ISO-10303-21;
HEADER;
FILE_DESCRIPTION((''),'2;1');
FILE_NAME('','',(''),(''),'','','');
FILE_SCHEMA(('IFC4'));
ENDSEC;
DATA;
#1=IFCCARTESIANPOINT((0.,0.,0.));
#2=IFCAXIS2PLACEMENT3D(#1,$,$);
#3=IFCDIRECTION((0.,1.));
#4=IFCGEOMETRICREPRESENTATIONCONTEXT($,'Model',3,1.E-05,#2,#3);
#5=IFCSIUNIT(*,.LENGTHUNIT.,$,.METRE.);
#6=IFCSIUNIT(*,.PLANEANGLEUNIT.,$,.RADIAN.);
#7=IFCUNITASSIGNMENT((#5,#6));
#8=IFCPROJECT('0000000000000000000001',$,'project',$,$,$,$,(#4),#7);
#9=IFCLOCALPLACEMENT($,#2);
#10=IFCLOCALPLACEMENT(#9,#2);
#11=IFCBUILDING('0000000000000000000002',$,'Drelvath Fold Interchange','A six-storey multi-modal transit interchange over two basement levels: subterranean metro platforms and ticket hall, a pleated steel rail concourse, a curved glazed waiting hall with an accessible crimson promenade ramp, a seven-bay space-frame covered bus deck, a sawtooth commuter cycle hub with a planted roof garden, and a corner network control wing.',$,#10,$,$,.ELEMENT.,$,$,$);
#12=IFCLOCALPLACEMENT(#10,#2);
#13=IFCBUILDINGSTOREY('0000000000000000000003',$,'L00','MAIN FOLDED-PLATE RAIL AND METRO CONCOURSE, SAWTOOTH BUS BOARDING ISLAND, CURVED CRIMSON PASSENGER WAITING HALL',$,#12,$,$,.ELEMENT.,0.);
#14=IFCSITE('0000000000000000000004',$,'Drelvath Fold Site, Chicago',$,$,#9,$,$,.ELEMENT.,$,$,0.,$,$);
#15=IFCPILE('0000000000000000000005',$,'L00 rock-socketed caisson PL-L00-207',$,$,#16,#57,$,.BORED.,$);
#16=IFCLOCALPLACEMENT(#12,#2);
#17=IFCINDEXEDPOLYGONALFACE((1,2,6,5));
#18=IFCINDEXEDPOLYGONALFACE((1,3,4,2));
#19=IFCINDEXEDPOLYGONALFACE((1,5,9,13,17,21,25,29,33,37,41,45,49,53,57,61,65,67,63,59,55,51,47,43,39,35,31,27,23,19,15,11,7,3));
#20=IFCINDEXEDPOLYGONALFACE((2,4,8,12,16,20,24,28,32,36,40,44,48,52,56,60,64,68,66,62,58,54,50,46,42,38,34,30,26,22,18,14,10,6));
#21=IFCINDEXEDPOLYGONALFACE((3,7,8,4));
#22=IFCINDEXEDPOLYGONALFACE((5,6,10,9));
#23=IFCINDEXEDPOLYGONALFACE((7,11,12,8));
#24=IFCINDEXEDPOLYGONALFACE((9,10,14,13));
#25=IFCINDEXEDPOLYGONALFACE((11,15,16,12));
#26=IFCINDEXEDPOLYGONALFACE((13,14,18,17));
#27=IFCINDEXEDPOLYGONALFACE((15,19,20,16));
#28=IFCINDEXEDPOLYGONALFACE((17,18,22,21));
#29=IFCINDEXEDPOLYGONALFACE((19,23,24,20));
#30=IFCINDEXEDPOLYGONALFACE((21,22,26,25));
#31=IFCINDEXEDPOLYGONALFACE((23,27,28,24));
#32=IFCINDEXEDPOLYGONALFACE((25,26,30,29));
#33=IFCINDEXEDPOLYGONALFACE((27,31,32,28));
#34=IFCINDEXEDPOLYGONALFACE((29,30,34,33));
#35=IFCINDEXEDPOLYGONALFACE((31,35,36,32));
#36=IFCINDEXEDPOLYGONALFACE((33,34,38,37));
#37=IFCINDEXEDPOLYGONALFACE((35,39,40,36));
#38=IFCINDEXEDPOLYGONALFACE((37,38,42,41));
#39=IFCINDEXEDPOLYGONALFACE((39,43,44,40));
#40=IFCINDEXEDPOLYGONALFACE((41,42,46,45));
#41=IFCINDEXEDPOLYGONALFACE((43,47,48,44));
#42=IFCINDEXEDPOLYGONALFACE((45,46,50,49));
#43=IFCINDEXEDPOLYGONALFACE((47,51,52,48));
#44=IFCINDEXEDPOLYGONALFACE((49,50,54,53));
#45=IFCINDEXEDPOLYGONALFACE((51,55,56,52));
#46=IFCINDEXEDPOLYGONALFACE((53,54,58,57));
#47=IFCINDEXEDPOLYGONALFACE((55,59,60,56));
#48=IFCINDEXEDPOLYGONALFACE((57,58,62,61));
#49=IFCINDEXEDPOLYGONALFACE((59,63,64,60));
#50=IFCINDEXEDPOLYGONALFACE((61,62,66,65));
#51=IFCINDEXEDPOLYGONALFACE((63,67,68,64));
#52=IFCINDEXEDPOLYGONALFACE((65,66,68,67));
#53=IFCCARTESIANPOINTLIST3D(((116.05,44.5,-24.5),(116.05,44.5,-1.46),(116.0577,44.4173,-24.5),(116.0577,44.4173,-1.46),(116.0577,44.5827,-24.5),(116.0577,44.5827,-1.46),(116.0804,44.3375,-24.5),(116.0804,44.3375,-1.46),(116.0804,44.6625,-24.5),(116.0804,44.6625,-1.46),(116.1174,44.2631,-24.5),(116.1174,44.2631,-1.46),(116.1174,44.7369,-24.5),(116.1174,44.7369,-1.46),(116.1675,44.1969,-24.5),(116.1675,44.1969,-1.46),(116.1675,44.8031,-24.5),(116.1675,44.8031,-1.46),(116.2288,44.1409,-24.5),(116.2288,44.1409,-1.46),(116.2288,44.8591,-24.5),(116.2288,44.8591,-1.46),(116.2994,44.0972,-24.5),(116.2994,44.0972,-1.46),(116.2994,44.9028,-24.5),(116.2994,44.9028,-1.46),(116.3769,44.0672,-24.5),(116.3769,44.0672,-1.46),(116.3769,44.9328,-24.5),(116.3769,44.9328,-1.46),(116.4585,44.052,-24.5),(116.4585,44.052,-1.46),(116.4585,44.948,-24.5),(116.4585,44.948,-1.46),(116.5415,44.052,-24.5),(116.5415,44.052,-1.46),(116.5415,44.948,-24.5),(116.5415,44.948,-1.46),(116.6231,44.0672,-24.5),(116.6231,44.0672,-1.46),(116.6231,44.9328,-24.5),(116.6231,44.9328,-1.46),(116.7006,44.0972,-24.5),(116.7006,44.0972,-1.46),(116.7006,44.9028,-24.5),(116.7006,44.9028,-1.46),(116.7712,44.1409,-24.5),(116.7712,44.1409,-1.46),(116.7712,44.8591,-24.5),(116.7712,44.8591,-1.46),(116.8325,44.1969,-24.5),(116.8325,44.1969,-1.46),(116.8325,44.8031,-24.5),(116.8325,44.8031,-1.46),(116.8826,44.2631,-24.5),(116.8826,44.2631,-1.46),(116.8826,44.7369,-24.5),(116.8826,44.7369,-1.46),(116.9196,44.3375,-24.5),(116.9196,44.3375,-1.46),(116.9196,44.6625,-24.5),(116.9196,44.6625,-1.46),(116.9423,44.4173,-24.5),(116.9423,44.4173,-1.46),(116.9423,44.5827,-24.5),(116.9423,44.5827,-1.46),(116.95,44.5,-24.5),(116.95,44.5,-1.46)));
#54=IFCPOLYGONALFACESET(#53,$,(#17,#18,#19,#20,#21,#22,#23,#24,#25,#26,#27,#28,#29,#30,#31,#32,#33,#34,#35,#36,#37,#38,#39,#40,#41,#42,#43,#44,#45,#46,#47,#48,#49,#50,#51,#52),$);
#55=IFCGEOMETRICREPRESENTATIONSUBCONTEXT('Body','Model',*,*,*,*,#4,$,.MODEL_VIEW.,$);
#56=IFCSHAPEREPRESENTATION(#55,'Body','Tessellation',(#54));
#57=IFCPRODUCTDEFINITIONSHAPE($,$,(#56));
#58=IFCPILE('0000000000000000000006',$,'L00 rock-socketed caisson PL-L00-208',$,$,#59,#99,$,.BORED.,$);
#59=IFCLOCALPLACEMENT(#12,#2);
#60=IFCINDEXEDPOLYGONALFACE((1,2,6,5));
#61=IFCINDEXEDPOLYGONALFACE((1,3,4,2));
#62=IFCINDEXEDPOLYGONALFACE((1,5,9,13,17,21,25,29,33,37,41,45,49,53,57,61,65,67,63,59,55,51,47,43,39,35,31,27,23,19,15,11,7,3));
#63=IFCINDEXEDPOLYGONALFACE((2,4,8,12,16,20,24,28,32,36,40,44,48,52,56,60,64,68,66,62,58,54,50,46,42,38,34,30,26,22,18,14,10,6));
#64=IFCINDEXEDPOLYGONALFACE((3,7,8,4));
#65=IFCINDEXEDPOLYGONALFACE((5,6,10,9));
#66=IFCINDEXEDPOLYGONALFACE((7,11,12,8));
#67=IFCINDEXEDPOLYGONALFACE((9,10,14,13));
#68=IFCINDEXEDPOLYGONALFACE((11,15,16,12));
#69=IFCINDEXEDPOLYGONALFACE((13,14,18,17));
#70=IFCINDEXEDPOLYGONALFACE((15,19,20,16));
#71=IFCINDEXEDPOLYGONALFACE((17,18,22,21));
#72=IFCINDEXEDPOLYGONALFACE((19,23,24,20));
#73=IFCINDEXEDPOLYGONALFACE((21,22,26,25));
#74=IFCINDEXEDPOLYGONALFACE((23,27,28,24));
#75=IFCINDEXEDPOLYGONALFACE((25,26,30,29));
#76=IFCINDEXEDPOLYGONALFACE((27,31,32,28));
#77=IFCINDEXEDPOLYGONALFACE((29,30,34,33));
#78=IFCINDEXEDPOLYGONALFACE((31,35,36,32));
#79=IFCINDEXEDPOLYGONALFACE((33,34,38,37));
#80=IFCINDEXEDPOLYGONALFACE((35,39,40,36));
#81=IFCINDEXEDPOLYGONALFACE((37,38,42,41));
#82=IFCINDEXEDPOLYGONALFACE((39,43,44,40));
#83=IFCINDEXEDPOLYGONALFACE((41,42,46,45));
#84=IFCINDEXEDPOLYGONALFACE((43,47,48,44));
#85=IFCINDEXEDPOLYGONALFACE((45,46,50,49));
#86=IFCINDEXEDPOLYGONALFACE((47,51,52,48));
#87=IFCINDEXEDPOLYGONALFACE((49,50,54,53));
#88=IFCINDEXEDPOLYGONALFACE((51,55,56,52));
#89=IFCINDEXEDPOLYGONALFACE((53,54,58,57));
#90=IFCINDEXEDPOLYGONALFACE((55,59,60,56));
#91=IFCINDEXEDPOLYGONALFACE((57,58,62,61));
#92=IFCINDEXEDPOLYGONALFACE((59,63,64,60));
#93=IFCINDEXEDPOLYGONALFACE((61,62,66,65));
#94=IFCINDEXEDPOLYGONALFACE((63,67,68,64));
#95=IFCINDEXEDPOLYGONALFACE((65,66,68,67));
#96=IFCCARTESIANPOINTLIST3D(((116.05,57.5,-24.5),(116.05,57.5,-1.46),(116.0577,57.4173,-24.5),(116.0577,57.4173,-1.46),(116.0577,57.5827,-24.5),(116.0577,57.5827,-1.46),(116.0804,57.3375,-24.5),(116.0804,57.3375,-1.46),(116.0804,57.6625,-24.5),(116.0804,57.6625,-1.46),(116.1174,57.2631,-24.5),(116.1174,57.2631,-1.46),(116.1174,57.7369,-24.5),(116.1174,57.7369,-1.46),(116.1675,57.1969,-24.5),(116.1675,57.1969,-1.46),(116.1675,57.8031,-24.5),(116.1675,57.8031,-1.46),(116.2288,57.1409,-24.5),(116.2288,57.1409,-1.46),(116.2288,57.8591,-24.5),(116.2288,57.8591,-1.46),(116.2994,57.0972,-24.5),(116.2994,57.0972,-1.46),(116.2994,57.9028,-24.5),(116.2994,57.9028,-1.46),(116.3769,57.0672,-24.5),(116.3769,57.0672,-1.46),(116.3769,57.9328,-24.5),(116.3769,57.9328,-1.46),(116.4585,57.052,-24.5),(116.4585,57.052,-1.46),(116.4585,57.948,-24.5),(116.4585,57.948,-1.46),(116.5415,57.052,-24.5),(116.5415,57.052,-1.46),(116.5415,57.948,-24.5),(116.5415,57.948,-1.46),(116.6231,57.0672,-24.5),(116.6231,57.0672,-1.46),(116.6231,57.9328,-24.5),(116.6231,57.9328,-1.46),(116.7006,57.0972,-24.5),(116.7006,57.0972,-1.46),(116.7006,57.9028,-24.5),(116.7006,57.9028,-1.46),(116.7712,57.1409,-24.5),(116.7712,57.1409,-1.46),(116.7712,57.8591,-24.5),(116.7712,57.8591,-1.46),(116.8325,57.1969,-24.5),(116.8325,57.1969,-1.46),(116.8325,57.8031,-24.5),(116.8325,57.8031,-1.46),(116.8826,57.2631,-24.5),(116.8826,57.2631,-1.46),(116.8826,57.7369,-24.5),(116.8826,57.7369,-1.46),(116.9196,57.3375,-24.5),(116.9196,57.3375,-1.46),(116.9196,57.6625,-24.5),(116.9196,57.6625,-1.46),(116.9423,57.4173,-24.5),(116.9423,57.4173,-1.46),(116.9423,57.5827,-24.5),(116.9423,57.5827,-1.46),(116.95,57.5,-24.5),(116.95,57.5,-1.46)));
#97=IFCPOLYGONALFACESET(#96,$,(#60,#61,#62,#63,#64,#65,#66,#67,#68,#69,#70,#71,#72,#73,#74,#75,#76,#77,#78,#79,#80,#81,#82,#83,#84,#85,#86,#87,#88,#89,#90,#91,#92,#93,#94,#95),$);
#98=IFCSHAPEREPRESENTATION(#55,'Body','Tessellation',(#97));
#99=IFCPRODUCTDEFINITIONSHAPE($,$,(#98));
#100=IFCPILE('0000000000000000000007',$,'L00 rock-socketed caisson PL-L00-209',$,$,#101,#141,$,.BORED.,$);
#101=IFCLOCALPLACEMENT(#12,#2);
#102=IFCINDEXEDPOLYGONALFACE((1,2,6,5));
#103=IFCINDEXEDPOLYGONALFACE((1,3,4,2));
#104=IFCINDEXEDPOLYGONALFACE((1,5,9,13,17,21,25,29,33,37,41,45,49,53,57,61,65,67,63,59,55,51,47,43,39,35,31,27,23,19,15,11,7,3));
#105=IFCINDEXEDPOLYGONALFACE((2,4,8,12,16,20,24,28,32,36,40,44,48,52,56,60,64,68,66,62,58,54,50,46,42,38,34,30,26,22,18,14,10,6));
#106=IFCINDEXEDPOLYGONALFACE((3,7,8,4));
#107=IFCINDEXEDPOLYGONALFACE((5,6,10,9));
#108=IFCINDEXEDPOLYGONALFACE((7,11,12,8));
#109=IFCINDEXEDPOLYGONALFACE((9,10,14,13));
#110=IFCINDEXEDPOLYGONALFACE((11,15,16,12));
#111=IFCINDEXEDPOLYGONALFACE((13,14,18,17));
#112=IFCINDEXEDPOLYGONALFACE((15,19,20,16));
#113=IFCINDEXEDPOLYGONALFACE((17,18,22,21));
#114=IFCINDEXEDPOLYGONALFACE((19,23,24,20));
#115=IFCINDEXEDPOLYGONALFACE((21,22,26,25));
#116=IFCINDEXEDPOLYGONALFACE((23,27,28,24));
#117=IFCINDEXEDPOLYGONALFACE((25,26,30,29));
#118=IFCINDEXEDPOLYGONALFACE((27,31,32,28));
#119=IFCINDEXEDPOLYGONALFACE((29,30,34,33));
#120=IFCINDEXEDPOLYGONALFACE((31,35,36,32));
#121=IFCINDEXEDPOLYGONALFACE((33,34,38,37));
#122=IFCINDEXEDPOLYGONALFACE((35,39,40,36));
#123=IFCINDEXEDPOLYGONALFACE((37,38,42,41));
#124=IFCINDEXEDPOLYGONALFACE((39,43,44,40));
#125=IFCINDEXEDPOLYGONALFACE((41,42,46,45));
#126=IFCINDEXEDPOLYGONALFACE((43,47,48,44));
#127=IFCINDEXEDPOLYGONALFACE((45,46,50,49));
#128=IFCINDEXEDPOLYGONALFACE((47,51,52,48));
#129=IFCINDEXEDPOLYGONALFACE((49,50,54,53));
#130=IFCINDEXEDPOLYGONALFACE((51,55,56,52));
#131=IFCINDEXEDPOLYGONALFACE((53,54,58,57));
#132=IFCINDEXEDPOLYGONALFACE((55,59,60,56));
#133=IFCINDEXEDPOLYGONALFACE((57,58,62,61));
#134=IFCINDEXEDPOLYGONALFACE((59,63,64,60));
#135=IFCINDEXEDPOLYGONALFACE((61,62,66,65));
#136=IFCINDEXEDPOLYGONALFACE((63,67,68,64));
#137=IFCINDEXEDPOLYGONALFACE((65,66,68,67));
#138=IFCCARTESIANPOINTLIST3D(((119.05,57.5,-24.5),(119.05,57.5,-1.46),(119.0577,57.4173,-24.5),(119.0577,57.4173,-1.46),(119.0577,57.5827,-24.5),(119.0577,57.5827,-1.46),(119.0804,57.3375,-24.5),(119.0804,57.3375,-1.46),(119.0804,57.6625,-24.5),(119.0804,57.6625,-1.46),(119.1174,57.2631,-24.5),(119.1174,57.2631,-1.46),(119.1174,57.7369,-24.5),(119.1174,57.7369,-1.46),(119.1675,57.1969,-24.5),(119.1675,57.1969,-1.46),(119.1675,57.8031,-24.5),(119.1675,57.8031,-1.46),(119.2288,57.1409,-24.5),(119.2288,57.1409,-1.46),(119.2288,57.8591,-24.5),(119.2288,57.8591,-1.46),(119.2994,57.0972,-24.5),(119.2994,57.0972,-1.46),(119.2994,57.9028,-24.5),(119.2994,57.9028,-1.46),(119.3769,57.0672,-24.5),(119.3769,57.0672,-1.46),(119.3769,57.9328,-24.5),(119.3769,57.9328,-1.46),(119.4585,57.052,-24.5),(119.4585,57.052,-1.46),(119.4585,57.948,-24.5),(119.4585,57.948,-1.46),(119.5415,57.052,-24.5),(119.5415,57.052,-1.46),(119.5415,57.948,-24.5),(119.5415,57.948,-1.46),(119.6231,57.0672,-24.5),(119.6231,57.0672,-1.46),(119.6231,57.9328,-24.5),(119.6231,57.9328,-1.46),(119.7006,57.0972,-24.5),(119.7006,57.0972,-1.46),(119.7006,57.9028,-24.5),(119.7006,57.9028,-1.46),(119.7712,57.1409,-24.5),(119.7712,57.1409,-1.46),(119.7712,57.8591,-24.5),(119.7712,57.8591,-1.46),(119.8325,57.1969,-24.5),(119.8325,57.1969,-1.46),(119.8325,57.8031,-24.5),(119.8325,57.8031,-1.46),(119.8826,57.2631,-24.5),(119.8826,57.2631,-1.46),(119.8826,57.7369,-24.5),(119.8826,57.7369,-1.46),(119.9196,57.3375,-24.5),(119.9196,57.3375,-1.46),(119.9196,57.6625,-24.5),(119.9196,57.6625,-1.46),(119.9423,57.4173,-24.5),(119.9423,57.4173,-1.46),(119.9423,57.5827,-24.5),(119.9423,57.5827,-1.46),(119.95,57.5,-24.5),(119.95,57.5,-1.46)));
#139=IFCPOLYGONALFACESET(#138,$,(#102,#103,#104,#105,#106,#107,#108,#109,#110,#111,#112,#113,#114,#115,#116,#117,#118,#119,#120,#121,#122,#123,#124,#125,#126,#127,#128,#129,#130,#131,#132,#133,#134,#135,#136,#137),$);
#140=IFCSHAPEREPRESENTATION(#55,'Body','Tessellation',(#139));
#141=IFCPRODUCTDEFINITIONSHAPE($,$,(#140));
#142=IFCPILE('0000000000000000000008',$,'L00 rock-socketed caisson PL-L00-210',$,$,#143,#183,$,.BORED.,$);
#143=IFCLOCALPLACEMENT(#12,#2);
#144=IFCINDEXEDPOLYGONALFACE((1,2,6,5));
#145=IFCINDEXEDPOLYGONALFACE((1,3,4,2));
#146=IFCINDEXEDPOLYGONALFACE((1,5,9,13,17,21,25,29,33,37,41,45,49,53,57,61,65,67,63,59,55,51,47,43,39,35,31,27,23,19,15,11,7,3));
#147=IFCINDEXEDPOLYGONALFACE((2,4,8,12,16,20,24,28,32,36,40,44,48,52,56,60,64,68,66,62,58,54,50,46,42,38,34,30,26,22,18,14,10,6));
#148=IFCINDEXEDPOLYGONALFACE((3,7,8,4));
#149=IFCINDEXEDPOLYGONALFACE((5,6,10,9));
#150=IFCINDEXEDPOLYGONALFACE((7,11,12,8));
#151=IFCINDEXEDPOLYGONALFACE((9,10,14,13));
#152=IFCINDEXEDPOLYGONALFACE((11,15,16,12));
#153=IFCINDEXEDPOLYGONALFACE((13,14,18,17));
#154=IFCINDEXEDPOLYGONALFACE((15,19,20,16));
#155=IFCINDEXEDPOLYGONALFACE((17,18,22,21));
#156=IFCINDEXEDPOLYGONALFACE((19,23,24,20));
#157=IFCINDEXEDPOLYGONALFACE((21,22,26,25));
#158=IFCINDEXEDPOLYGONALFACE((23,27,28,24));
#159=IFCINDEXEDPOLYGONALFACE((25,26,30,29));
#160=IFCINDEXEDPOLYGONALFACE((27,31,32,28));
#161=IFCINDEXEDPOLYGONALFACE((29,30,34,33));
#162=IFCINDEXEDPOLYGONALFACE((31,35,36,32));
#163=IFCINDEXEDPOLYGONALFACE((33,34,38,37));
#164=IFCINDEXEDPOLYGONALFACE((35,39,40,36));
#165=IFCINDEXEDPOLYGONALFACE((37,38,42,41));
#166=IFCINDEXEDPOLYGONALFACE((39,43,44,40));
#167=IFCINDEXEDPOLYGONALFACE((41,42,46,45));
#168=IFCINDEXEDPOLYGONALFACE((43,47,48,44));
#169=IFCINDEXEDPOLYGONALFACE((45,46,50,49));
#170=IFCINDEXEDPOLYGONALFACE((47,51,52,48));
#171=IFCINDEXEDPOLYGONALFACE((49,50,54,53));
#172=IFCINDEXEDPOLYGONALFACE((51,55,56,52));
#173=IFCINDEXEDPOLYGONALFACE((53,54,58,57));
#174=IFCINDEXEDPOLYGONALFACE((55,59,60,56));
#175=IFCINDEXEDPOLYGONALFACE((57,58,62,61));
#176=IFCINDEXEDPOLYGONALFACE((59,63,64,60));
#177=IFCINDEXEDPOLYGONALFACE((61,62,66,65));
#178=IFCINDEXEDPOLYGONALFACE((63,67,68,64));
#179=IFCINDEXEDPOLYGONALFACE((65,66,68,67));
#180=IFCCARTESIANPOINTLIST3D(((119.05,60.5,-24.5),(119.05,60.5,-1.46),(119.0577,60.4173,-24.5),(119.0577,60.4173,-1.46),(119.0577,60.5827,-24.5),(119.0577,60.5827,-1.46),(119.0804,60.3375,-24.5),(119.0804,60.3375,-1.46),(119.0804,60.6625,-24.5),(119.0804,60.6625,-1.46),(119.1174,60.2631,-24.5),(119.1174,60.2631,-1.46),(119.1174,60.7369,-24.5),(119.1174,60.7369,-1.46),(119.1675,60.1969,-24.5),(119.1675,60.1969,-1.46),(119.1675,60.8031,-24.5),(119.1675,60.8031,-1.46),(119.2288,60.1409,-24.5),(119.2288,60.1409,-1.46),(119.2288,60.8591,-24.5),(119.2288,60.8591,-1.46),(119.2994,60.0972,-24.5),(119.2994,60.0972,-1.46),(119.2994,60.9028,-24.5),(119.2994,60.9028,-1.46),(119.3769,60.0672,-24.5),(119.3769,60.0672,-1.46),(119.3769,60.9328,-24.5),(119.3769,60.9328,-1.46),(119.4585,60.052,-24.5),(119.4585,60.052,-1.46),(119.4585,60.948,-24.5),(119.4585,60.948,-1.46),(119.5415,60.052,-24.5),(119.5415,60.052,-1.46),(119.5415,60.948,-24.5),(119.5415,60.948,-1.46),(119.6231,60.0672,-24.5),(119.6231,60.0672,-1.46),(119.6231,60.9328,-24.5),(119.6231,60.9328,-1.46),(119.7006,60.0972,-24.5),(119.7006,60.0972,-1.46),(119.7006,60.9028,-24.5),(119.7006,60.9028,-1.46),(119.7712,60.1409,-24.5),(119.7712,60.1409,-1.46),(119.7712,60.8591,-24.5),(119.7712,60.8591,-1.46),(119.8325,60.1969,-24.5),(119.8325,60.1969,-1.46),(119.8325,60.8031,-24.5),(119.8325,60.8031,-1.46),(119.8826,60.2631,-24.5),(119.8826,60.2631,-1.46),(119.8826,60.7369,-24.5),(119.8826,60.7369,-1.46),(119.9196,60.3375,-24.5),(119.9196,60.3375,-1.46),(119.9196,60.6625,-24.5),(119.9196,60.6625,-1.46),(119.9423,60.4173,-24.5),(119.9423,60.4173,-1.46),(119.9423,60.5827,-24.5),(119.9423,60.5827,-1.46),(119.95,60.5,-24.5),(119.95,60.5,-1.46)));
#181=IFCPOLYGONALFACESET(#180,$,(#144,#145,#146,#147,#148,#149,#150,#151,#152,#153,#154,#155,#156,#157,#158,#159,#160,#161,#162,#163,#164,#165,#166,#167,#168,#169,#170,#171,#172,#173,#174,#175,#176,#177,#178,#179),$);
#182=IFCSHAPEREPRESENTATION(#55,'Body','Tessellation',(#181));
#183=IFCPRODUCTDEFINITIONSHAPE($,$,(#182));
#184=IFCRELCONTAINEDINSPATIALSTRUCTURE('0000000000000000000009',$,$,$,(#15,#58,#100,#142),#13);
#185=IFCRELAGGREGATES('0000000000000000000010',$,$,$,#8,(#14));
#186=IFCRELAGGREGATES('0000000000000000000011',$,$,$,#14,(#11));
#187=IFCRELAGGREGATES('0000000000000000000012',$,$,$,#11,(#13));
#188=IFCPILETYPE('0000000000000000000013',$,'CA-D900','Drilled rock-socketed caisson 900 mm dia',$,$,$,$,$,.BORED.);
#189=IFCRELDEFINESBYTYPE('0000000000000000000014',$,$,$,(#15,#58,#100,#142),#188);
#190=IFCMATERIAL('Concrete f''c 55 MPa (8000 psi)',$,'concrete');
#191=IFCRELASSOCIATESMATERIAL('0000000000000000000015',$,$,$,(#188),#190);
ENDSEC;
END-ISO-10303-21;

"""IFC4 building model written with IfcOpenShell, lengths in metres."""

from ifc_helpers import new_model, si_unit, direction, frame, origin, origin_2d, place, context, subcontext, project, spatial, circle, extrude, material, material_profile, profile_set, type_object, element, save


model = new_model("IFC4")

# Units and contexts
model_context = context("Model", 3, precision=1e-05, world=origin(), true_north=direction((0.0, 1.0)))
body_context = subcontext(model_context, "Body", "Model", "MODEL_VIEW")
ifc_project = project(units=[si_unit("LENGTHUNIT", "METRE"), si_unit("PLANEANGLEUNIT", "RADIAN")], contexts=[model_context])

# Site, building, storey
site_placement = place(None, origin())
site = spatial("IfcSite", under=ifc_project, at=site_placement, Name="Drelvath Fold Site, Chicago", CompositionType="ELEMENT", RefElevation=0.0)
building_placement = place(site_placement, origin())
building = spatial("IfcBuilding", under=site, at=building_placement, Name="Drelvath Fold Interchange", Description="A six-storey multi-modal transit interchange over two basement levels: subterranean metro platforms and ticket hall, a pleated steel rail concourse, a curved glazed waiting hall with an accessible crimson promenade ramp, a seven-bay space-frame covered bus deck, a sawtooth commuter cycle hub with a planted roof garden, and a corner network control wing.", CompositionType="ELEMENT")
storey_placement = place(building_placement, origin())
storey = spatial("IfcBuildingStorey", under=building, at=storey_placement, Name="L00", Description="MAIN FOLDED-PLATE RAIL AND METRO CONCOURSE, SAWTOOTH BUS BOARDING ISLAND, CURVED CRIMSON PASSENGER WAITING HALL", CompositionType="ELEMENT", Elevation=0.0)

# Piles
ifc_material_1 = material(Name="Concrete f'c 55 MPa (8000 psi)", Category="concrete")
ifc_material_profile_1 = material_profile(ifc_material_1, circle(Radius=0.45, at=origin_2d()), Name="CAISSON D900")
ifc_profile_set_1 = profile_set([ifc_material_profile_1], Name="Concrete f'c 55 MPa (8000 psi)")
pile_type_1 = type_object("IfcPileType", Name="CA-D900", Description="Drilled rock-socketed caisson 900 mm dia", PredefinedType="BORED", material=ifc_profile_set_1)
for number, where, z_axis, x_axis, name in (
    (1, (116.5, 44.5, -1.46), (0.0, 0.0, -1.0), (1.0, 0.0, 0.0), "L00 rock-socketed caisson PL-L00-207"),
    (2, (116.5, 57.5, -1.46), (0.0, 0.0, -1.0), (1.0, 0.0, 0.0), "L00 rock-socketed caisson PL-L00-208"),
    (3, (119.5, 57.5, -1.46), (0.0, 0.0, -1.0), (1.0, 0.0, 0.0), "L00 rock-socketed caisson PL-L00-209"),
    (4, (119.5, 60.5, -1.46), (0.0, 0.0, -1.0), (1.0, 0.0, 0.0), "L00 rock-socketed caisson PL-L00-210"),
):
    element("IfcPile", number, at=place(storey_placement, frame(where, z_axis=z_axis, x_axis=x_axis)), inside=storey, type_object=pile_type_1, Name=name, PredefinedType="BORED", context=body_context, shape_type="SweptSolid", body=[
        extrude(circle(Radius=0.45, at=origin_2d()), origin(), (0.0, 0.0, 1.0), 23.04),
    ])

save(model, "model.ifc")
